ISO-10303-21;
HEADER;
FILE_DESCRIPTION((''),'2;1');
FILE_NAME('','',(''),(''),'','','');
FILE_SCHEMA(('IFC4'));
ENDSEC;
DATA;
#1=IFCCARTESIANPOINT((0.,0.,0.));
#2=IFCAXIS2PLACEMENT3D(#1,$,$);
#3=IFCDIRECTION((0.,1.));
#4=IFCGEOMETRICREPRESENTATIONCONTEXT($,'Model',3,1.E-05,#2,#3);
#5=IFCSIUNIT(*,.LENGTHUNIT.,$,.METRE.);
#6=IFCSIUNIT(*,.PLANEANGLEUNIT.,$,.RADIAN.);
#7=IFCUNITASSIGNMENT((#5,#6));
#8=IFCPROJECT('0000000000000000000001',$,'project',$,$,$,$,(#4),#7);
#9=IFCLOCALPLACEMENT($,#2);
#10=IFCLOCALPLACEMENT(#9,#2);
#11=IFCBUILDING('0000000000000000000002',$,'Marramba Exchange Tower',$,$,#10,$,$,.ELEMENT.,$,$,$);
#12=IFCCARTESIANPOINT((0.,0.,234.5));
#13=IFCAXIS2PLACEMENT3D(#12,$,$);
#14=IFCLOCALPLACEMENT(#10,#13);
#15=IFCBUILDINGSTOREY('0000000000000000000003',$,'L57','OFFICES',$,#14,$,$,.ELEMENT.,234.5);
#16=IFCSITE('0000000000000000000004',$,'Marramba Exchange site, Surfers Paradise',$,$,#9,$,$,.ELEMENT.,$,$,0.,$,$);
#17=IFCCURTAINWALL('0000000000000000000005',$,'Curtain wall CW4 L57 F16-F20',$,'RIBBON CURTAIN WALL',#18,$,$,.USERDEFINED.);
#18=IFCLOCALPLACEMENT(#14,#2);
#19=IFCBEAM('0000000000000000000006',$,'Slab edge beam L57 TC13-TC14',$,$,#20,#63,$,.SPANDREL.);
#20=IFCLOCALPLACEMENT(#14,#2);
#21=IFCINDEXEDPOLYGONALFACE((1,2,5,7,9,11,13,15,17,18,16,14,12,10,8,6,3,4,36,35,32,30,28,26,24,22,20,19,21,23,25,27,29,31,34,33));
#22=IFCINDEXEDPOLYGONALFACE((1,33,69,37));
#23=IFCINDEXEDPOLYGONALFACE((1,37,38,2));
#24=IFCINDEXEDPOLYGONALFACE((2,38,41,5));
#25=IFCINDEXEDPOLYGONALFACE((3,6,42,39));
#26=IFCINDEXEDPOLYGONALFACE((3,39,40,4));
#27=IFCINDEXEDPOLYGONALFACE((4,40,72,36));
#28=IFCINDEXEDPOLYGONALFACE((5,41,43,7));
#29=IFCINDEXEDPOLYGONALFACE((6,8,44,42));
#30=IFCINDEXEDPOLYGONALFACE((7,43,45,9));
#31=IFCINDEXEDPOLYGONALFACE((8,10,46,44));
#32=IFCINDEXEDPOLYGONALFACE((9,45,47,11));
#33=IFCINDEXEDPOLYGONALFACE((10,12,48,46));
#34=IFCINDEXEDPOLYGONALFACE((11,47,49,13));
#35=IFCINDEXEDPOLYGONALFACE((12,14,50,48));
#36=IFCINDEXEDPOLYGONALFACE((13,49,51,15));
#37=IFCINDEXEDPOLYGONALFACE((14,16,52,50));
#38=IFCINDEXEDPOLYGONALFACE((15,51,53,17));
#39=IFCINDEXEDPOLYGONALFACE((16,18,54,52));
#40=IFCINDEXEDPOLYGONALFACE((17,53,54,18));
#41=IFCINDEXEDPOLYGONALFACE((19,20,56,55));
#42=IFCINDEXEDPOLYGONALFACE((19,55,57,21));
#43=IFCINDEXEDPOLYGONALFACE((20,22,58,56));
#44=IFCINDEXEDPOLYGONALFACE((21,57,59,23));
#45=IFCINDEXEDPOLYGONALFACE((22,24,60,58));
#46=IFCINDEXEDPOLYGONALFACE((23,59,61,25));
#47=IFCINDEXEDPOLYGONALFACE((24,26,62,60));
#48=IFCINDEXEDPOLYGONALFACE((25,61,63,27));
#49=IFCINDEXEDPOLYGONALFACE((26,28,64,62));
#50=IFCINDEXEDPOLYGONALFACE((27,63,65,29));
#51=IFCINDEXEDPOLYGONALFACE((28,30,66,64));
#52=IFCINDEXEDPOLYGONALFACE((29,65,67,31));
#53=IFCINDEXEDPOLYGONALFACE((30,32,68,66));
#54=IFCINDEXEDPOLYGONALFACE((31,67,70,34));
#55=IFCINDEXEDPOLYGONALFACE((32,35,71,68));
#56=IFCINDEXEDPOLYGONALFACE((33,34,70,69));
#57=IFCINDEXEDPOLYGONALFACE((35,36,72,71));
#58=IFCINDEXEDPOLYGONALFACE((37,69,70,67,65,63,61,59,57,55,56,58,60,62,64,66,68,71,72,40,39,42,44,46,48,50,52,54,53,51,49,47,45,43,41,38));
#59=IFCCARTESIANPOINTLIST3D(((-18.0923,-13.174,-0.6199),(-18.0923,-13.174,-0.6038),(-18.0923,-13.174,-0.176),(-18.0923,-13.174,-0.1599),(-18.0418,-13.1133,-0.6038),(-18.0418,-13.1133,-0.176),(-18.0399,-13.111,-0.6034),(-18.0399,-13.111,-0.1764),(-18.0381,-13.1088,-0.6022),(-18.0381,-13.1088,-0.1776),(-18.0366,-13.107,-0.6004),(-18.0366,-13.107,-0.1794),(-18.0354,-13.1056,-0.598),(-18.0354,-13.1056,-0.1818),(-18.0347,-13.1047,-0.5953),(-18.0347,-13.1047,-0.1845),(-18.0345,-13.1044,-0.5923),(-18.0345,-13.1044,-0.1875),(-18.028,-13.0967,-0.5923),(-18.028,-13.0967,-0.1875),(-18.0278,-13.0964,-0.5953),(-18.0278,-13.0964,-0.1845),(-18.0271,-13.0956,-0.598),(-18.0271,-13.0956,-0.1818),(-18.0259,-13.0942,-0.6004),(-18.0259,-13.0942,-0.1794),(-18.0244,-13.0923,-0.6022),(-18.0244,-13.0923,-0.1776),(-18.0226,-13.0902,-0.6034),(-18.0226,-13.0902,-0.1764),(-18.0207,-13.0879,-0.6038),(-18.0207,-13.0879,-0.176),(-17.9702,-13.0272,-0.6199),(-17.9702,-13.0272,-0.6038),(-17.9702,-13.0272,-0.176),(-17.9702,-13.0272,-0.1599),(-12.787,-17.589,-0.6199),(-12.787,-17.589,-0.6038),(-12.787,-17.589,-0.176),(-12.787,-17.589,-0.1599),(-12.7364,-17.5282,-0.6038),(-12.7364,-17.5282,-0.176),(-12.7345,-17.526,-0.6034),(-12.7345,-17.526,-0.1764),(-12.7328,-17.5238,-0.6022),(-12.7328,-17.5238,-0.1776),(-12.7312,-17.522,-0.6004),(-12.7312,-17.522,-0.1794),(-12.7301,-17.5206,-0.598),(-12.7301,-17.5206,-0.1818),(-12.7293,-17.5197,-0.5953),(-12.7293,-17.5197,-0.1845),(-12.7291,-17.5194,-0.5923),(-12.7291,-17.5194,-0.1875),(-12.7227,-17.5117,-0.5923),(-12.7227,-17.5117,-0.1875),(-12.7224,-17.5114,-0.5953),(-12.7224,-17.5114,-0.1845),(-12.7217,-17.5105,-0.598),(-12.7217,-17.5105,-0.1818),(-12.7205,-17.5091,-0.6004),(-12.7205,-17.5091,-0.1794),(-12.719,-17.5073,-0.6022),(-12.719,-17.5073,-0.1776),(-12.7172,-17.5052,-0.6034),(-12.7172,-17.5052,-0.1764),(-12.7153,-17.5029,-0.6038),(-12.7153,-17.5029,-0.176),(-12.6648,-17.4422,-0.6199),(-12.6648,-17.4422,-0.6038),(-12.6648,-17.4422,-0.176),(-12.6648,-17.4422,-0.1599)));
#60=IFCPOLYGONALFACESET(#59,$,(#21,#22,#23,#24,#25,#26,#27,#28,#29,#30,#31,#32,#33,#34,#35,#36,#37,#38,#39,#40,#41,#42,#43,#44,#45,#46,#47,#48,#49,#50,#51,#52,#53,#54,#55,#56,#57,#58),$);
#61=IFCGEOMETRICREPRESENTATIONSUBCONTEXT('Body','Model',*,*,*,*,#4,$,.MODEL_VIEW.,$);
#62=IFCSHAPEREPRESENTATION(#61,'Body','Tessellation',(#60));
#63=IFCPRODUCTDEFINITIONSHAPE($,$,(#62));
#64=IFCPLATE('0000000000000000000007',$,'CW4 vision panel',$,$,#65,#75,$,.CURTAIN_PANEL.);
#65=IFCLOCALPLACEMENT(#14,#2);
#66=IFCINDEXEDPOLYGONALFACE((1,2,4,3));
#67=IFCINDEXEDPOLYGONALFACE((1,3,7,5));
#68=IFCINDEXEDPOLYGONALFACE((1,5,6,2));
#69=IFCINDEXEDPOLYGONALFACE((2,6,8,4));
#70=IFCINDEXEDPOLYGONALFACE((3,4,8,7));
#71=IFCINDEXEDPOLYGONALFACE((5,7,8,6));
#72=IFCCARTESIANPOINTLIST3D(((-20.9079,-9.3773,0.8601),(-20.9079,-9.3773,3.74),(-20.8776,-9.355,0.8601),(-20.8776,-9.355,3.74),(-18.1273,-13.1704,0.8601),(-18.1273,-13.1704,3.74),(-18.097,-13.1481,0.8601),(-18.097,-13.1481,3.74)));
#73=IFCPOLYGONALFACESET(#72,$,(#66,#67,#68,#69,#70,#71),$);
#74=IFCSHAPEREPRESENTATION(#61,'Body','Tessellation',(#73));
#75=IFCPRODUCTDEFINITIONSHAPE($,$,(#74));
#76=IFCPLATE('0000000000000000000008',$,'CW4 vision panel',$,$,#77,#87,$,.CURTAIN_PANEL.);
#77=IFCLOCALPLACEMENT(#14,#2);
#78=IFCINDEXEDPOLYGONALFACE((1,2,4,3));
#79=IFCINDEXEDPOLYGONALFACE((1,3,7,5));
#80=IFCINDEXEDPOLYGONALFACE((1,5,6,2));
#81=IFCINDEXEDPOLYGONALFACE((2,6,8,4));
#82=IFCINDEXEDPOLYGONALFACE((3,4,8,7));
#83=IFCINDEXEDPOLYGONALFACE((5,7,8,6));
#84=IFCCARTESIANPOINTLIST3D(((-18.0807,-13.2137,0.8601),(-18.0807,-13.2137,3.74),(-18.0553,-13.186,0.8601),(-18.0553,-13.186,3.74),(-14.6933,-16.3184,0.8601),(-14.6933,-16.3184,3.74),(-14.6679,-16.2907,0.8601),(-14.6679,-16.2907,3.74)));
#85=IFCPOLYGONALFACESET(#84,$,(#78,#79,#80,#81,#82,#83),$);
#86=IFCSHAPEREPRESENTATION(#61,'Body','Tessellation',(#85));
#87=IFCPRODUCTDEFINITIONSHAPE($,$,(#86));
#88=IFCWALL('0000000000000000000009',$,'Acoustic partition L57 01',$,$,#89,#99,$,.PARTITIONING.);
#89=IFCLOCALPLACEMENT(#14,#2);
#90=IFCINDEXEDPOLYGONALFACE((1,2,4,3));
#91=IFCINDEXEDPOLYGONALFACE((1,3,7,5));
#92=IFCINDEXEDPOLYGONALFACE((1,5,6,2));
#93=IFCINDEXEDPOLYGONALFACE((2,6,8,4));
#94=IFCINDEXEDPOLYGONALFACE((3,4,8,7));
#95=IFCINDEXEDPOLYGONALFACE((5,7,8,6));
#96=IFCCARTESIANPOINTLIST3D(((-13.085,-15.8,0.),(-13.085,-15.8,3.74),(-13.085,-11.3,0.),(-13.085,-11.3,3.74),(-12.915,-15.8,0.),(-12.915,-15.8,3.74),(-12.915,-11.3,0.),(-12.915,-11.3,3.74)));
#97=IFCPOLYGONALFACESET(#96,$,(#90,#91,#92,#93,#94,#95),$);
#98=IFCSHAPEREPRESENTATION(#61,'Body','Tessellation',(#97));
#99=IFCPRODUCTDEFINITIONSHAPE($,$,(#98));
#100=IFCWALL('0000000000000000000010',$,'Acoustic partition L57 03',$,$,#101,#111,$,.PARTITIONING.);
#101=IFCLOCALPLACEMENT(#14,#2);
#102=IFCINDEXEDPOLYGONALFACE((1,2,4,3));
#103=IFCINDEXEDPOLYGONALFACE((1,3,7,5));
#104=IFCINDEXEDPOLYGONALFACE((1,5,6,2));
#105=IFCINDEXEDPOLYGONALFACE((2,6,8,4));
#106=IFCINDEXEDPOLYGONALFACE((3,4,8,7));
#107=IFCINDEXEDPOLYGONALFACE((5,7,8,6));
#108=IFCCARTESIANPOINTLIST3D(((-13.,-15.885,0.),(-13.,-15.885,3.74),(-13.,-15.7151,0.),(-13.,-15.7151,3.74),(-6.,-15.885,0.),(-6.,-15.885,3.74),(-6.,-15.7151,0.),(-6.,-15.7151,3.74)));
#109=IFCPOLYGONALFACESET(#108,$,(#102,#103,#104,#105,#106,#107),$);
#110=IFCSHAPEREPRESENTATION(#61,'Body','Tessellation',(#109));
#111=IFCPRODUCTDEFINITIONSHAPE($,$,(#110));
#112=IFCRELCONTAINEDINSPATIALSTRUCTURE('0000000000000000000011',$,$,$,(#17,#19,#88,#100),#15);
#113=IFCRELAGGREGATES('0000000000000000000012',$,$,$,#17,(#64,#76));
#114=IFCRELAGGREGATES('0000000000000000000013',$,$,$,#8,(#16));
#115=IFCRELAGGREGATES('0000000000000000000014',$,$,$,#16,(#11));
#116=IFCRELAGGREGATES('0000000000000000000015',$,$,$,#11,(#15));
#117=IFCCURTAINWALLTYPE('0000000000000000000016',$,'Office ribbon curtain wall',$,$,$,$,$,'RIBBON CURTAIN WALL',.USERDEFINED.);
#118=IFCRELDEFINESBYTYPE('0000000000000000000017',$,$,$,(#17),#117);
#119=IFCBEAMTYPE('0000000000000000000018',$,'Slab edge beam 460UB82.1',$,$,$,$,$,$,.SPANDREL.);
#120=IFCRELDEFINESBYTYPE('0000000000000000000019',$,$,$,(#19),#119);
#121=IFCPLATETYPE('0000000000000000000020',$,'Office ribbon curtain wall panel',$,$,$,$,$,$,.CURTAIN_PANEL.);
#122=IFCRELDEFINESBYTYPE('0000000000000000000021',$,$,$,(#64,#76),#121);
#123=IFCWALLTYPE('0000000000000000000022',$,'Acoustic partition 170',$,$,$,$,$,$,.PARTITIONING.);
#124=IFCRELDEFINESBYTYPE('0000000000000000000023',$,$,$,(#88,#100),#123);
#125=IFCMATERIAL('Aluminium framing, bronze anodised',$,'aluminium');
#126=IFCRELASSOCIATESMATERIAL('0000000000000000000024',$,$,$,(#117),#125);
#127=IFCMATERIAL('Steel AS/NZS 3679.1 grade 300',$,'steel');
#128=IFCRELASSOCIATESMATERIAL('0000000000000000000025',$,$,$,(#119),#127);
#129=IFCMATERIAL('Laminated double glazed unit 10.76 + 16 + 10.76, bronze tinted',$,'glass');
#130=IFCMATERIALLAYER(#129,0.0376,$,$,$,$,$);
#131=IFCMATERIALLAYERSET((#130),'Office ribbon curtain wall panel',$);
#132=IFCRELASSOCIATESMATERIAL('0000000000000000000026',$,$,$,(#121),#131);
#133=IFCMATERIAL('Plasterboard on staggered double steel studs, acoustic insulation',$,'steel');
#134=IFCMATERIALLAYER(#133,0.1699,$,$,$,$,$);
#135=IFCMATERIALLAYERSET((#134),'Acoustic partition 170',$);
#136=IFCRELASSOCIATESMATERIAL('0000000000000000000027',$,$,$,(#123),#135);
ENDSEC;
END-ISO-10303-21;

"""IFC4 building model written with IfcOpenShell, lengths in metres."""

from ifc_helpers import new_model, si_unit, direction, frame, frame_2d, origin, origin_2d, place, context, subcontext, project, spatial, rectangle, i_section, extrude, material, layer, layer_set, material_profile, profile_set, type_object, element, aggregate, save


model = new_model("IFC4")

# Units and contexts
model_context = context("Model", 3, precision=1e-05, world=origin(), true_north=direction((0.0, 1.0)))
body_context = subcontext(model_context, "Body", "Model", "MODEL_VIEW")
ifc_project = project(units=[si_unit("LENGTHUNIT", "METRE"), si_unit("PLANEANGLEUNIT", "RADIAN")], contexts=[model_context])

# Site, building, storey
site_placement = place(None, origin())
site = spatial("IfcSite", under=ifc_project, at=site_placement, Name="Marramba Exchange site, Surfers Paradise", CompositionType="ELEMENT", RefElevation=0.0)
building_placement = place(site_placement, origin())
building = spatial("IfcBuilding", under=site, at=building_placement, Name="Marramba Exchange Tower", CompositionType="ELEMENT")
storey_placement = place(building_placement, frame((0.0, 0.0, 234.5)))
storey = spatial("IfcBuildingStorey", under=building, at=storey_placement, Name="L57", Description="OFFICES", CompositionType="ELEMENT", Elevation=234.5)

# Curtain wall
ifc_material_1 = material(Name="Aluminium framing, bronze anodised", Category="aluminium")
curtain_wall_type = type_object("IfcCurtainWallType", Name="Office ribbon curtain wall", ElementType="RIBBON CURTAIN WALL", PredefinedType="USERDEFINED", material=ifc_material_1)
curtain_wall_placement = place(storey_placement, origin())
curtain_wall = element("IfcCurtainWall", 1, at=curtain_wall_placement, inside=storey, type_object=curtain_wall_type, Name="Curtain wall CW4 L57 F16-F20", ObjectType="RIBBON CURTAIN WALL", PredefinedType="USERDEFINED")

# Beam
ifc_material_2 = material(Name="Steel AS/NZS 3679.1 grade 300", Category="steel")
ifc_material_profile_1 = material_profile(ifc_material_2, i_section(OverallWidth=0.1909, OverallDepth=0.46, WebThickness=0.01, FlangeThickness=0.0161, FilletRadius=0.0115, at=origin_2d()), Name="460UB82.1")
ifc_profile_set_1 = profile_set([ifc_material_profile_1], Name="Steel AS/NZS 3679.1 grade 300")
beam_type_1 = type_object("IfcBeamType", Name="Slab edge beam 460UB82.1", PredefinedType="SPANDREL", material=ifc_profile_set_1)
beam_1_placement = place(storey_placement, frame((-18.0312, -13.1006, -0.3899), z_axis=(0.768659, -0.639659, 0.0), x_axis=(0.639659, 0.768659, 0.0)))
element("IfcBeam", 2, at=beam_1_placement, inside=storey, type_object=beam_type_1, Name="Slab edge beam L57 TC13-TC14", PredefinedType="SPANDREL", context=body_context, shape_type="SweptSolid", body=[
    extrude(i_section(OverallWidth=0.1909, OverallDepth=0.46, WebThickness=0.01, FlangeThickness=0.0161, FilletRadius=0.0115, at=origin_2d()), origin(), (0.0, 0.0, 1.0), 6.9021),
])

# Plates
ifc_material_3 = material(Name="Laminated double glazed unit 10.76 + 16 + 10.76, bronze tinted", Category="glass")
ifc_layer_1 = layer(ifc_material_3, 0.0376)
ifc_layer_set_1 = layer_set([ifc_layer_1], Name="Office ribbon curtain wall panel")
plate_type = type_object("IfcPlateType", Name="Office ribbon curtain wall panel", PredefinedType="CURTAIN_PANEL", material=ifc_layer_set_1)
plate_1_placement = place(storey_placement, frame((-19.5024, -11.2627, 0.8601), z_axis=(0.0, 0.0, 1.0), x_axis=(0.591223, -0.806508, 0.0)))
plate_1 = element("IfcPlate", 3, at=plate_1_placement, type_object=plate_type, Name="CW4 vision panel", PredefinedType="CURTAIN_PANEL", context=body_context, shape_type="SweptSolid", body=[
    extrude(rectangle(XDim=4.7031, YDim=0.0376, at=origin_2d()), origin(), (0.0, 0.0, 1.0), 2.8799),
])
plate_2_placement = place(storey_placement, frame((-16.3743, -14.7522, 0.8601), z_axis=(0.0, 0.0, 1.0), x_axis=(0.737203, -0.675671, 0.0)))
plate_2 = element("IfcPlate", 4, at=plate_2_placement, type_object=plate_type, Name="CW4 vision panel", PredefinedType="CURTAIN_PANEL", context=body_context, shape_type="SweptSolid", body=[
    extrude(rectangle(XDim=4.595, YDim=0.0376, at=origin_2d()), origin(), (0.0, 0.0, 1.0), 2.8799),
])
aggregate(curtain_wall, [plate_1, plate_2])

# Walls
ifc_material_4 = material(Name="Plasterboard on staggered double steel studs, acoustic insulation", Category="steel")
ifc_layer_2 = layer(ifc_material_4, 0.1699)
ifc_layer_set_2 = layer_set([ifc_layer_2], Name="Acoustic partition 170")
wall_type_1 = type_object("IfcWallType", Name="Acoustic partition 170", PredefinedType="PARTITIONING", material=ifc_layer_set_2)
wall_1_placement = place(storey_placement, frame((-13.0, -11.3, 0.0), z_axis=(0.0, 0.0, 1.0), x_axis=(0.0, -1.0, 0.0)))
element("IfcWall", 5, at=wall_1_placement, inside=storey, type_object=wall_type_1, Name="Acoustic partition L57 01", PredefinedType="PARTITIONING", context=body_context, shape_type="SweptSolid", body=[
    extrude(rectangle(XDim=4.5, YDim=0.1699, at=frame_2d((2.25, 0.0))), origin(), (0.0, 0.0, 1.0), 3.74),
])
wall_2_placement = place(storey_placement, frame((-13.0, -15.8, 0.0), z_axis=(0.0, 0.0, 1.0), x_axis=(1.0, 0.0, 0.0)))
element("IfcWall", 6, at=wall_2_placement, inside=storey, type_object=wall_type_1, Name="Acoustic partition L57 03", PredefinedType="PARTITIONING", context=body_context, shape_type="SweptSolid", body=[
    extrude(rectangle(XDim=7.0, YDim=0.1699, at=frame_2d((3.5, 0.0))), origin(), (0.0, 0.0, 1.0), 3.74),
])

save(model, "model.ifc")
